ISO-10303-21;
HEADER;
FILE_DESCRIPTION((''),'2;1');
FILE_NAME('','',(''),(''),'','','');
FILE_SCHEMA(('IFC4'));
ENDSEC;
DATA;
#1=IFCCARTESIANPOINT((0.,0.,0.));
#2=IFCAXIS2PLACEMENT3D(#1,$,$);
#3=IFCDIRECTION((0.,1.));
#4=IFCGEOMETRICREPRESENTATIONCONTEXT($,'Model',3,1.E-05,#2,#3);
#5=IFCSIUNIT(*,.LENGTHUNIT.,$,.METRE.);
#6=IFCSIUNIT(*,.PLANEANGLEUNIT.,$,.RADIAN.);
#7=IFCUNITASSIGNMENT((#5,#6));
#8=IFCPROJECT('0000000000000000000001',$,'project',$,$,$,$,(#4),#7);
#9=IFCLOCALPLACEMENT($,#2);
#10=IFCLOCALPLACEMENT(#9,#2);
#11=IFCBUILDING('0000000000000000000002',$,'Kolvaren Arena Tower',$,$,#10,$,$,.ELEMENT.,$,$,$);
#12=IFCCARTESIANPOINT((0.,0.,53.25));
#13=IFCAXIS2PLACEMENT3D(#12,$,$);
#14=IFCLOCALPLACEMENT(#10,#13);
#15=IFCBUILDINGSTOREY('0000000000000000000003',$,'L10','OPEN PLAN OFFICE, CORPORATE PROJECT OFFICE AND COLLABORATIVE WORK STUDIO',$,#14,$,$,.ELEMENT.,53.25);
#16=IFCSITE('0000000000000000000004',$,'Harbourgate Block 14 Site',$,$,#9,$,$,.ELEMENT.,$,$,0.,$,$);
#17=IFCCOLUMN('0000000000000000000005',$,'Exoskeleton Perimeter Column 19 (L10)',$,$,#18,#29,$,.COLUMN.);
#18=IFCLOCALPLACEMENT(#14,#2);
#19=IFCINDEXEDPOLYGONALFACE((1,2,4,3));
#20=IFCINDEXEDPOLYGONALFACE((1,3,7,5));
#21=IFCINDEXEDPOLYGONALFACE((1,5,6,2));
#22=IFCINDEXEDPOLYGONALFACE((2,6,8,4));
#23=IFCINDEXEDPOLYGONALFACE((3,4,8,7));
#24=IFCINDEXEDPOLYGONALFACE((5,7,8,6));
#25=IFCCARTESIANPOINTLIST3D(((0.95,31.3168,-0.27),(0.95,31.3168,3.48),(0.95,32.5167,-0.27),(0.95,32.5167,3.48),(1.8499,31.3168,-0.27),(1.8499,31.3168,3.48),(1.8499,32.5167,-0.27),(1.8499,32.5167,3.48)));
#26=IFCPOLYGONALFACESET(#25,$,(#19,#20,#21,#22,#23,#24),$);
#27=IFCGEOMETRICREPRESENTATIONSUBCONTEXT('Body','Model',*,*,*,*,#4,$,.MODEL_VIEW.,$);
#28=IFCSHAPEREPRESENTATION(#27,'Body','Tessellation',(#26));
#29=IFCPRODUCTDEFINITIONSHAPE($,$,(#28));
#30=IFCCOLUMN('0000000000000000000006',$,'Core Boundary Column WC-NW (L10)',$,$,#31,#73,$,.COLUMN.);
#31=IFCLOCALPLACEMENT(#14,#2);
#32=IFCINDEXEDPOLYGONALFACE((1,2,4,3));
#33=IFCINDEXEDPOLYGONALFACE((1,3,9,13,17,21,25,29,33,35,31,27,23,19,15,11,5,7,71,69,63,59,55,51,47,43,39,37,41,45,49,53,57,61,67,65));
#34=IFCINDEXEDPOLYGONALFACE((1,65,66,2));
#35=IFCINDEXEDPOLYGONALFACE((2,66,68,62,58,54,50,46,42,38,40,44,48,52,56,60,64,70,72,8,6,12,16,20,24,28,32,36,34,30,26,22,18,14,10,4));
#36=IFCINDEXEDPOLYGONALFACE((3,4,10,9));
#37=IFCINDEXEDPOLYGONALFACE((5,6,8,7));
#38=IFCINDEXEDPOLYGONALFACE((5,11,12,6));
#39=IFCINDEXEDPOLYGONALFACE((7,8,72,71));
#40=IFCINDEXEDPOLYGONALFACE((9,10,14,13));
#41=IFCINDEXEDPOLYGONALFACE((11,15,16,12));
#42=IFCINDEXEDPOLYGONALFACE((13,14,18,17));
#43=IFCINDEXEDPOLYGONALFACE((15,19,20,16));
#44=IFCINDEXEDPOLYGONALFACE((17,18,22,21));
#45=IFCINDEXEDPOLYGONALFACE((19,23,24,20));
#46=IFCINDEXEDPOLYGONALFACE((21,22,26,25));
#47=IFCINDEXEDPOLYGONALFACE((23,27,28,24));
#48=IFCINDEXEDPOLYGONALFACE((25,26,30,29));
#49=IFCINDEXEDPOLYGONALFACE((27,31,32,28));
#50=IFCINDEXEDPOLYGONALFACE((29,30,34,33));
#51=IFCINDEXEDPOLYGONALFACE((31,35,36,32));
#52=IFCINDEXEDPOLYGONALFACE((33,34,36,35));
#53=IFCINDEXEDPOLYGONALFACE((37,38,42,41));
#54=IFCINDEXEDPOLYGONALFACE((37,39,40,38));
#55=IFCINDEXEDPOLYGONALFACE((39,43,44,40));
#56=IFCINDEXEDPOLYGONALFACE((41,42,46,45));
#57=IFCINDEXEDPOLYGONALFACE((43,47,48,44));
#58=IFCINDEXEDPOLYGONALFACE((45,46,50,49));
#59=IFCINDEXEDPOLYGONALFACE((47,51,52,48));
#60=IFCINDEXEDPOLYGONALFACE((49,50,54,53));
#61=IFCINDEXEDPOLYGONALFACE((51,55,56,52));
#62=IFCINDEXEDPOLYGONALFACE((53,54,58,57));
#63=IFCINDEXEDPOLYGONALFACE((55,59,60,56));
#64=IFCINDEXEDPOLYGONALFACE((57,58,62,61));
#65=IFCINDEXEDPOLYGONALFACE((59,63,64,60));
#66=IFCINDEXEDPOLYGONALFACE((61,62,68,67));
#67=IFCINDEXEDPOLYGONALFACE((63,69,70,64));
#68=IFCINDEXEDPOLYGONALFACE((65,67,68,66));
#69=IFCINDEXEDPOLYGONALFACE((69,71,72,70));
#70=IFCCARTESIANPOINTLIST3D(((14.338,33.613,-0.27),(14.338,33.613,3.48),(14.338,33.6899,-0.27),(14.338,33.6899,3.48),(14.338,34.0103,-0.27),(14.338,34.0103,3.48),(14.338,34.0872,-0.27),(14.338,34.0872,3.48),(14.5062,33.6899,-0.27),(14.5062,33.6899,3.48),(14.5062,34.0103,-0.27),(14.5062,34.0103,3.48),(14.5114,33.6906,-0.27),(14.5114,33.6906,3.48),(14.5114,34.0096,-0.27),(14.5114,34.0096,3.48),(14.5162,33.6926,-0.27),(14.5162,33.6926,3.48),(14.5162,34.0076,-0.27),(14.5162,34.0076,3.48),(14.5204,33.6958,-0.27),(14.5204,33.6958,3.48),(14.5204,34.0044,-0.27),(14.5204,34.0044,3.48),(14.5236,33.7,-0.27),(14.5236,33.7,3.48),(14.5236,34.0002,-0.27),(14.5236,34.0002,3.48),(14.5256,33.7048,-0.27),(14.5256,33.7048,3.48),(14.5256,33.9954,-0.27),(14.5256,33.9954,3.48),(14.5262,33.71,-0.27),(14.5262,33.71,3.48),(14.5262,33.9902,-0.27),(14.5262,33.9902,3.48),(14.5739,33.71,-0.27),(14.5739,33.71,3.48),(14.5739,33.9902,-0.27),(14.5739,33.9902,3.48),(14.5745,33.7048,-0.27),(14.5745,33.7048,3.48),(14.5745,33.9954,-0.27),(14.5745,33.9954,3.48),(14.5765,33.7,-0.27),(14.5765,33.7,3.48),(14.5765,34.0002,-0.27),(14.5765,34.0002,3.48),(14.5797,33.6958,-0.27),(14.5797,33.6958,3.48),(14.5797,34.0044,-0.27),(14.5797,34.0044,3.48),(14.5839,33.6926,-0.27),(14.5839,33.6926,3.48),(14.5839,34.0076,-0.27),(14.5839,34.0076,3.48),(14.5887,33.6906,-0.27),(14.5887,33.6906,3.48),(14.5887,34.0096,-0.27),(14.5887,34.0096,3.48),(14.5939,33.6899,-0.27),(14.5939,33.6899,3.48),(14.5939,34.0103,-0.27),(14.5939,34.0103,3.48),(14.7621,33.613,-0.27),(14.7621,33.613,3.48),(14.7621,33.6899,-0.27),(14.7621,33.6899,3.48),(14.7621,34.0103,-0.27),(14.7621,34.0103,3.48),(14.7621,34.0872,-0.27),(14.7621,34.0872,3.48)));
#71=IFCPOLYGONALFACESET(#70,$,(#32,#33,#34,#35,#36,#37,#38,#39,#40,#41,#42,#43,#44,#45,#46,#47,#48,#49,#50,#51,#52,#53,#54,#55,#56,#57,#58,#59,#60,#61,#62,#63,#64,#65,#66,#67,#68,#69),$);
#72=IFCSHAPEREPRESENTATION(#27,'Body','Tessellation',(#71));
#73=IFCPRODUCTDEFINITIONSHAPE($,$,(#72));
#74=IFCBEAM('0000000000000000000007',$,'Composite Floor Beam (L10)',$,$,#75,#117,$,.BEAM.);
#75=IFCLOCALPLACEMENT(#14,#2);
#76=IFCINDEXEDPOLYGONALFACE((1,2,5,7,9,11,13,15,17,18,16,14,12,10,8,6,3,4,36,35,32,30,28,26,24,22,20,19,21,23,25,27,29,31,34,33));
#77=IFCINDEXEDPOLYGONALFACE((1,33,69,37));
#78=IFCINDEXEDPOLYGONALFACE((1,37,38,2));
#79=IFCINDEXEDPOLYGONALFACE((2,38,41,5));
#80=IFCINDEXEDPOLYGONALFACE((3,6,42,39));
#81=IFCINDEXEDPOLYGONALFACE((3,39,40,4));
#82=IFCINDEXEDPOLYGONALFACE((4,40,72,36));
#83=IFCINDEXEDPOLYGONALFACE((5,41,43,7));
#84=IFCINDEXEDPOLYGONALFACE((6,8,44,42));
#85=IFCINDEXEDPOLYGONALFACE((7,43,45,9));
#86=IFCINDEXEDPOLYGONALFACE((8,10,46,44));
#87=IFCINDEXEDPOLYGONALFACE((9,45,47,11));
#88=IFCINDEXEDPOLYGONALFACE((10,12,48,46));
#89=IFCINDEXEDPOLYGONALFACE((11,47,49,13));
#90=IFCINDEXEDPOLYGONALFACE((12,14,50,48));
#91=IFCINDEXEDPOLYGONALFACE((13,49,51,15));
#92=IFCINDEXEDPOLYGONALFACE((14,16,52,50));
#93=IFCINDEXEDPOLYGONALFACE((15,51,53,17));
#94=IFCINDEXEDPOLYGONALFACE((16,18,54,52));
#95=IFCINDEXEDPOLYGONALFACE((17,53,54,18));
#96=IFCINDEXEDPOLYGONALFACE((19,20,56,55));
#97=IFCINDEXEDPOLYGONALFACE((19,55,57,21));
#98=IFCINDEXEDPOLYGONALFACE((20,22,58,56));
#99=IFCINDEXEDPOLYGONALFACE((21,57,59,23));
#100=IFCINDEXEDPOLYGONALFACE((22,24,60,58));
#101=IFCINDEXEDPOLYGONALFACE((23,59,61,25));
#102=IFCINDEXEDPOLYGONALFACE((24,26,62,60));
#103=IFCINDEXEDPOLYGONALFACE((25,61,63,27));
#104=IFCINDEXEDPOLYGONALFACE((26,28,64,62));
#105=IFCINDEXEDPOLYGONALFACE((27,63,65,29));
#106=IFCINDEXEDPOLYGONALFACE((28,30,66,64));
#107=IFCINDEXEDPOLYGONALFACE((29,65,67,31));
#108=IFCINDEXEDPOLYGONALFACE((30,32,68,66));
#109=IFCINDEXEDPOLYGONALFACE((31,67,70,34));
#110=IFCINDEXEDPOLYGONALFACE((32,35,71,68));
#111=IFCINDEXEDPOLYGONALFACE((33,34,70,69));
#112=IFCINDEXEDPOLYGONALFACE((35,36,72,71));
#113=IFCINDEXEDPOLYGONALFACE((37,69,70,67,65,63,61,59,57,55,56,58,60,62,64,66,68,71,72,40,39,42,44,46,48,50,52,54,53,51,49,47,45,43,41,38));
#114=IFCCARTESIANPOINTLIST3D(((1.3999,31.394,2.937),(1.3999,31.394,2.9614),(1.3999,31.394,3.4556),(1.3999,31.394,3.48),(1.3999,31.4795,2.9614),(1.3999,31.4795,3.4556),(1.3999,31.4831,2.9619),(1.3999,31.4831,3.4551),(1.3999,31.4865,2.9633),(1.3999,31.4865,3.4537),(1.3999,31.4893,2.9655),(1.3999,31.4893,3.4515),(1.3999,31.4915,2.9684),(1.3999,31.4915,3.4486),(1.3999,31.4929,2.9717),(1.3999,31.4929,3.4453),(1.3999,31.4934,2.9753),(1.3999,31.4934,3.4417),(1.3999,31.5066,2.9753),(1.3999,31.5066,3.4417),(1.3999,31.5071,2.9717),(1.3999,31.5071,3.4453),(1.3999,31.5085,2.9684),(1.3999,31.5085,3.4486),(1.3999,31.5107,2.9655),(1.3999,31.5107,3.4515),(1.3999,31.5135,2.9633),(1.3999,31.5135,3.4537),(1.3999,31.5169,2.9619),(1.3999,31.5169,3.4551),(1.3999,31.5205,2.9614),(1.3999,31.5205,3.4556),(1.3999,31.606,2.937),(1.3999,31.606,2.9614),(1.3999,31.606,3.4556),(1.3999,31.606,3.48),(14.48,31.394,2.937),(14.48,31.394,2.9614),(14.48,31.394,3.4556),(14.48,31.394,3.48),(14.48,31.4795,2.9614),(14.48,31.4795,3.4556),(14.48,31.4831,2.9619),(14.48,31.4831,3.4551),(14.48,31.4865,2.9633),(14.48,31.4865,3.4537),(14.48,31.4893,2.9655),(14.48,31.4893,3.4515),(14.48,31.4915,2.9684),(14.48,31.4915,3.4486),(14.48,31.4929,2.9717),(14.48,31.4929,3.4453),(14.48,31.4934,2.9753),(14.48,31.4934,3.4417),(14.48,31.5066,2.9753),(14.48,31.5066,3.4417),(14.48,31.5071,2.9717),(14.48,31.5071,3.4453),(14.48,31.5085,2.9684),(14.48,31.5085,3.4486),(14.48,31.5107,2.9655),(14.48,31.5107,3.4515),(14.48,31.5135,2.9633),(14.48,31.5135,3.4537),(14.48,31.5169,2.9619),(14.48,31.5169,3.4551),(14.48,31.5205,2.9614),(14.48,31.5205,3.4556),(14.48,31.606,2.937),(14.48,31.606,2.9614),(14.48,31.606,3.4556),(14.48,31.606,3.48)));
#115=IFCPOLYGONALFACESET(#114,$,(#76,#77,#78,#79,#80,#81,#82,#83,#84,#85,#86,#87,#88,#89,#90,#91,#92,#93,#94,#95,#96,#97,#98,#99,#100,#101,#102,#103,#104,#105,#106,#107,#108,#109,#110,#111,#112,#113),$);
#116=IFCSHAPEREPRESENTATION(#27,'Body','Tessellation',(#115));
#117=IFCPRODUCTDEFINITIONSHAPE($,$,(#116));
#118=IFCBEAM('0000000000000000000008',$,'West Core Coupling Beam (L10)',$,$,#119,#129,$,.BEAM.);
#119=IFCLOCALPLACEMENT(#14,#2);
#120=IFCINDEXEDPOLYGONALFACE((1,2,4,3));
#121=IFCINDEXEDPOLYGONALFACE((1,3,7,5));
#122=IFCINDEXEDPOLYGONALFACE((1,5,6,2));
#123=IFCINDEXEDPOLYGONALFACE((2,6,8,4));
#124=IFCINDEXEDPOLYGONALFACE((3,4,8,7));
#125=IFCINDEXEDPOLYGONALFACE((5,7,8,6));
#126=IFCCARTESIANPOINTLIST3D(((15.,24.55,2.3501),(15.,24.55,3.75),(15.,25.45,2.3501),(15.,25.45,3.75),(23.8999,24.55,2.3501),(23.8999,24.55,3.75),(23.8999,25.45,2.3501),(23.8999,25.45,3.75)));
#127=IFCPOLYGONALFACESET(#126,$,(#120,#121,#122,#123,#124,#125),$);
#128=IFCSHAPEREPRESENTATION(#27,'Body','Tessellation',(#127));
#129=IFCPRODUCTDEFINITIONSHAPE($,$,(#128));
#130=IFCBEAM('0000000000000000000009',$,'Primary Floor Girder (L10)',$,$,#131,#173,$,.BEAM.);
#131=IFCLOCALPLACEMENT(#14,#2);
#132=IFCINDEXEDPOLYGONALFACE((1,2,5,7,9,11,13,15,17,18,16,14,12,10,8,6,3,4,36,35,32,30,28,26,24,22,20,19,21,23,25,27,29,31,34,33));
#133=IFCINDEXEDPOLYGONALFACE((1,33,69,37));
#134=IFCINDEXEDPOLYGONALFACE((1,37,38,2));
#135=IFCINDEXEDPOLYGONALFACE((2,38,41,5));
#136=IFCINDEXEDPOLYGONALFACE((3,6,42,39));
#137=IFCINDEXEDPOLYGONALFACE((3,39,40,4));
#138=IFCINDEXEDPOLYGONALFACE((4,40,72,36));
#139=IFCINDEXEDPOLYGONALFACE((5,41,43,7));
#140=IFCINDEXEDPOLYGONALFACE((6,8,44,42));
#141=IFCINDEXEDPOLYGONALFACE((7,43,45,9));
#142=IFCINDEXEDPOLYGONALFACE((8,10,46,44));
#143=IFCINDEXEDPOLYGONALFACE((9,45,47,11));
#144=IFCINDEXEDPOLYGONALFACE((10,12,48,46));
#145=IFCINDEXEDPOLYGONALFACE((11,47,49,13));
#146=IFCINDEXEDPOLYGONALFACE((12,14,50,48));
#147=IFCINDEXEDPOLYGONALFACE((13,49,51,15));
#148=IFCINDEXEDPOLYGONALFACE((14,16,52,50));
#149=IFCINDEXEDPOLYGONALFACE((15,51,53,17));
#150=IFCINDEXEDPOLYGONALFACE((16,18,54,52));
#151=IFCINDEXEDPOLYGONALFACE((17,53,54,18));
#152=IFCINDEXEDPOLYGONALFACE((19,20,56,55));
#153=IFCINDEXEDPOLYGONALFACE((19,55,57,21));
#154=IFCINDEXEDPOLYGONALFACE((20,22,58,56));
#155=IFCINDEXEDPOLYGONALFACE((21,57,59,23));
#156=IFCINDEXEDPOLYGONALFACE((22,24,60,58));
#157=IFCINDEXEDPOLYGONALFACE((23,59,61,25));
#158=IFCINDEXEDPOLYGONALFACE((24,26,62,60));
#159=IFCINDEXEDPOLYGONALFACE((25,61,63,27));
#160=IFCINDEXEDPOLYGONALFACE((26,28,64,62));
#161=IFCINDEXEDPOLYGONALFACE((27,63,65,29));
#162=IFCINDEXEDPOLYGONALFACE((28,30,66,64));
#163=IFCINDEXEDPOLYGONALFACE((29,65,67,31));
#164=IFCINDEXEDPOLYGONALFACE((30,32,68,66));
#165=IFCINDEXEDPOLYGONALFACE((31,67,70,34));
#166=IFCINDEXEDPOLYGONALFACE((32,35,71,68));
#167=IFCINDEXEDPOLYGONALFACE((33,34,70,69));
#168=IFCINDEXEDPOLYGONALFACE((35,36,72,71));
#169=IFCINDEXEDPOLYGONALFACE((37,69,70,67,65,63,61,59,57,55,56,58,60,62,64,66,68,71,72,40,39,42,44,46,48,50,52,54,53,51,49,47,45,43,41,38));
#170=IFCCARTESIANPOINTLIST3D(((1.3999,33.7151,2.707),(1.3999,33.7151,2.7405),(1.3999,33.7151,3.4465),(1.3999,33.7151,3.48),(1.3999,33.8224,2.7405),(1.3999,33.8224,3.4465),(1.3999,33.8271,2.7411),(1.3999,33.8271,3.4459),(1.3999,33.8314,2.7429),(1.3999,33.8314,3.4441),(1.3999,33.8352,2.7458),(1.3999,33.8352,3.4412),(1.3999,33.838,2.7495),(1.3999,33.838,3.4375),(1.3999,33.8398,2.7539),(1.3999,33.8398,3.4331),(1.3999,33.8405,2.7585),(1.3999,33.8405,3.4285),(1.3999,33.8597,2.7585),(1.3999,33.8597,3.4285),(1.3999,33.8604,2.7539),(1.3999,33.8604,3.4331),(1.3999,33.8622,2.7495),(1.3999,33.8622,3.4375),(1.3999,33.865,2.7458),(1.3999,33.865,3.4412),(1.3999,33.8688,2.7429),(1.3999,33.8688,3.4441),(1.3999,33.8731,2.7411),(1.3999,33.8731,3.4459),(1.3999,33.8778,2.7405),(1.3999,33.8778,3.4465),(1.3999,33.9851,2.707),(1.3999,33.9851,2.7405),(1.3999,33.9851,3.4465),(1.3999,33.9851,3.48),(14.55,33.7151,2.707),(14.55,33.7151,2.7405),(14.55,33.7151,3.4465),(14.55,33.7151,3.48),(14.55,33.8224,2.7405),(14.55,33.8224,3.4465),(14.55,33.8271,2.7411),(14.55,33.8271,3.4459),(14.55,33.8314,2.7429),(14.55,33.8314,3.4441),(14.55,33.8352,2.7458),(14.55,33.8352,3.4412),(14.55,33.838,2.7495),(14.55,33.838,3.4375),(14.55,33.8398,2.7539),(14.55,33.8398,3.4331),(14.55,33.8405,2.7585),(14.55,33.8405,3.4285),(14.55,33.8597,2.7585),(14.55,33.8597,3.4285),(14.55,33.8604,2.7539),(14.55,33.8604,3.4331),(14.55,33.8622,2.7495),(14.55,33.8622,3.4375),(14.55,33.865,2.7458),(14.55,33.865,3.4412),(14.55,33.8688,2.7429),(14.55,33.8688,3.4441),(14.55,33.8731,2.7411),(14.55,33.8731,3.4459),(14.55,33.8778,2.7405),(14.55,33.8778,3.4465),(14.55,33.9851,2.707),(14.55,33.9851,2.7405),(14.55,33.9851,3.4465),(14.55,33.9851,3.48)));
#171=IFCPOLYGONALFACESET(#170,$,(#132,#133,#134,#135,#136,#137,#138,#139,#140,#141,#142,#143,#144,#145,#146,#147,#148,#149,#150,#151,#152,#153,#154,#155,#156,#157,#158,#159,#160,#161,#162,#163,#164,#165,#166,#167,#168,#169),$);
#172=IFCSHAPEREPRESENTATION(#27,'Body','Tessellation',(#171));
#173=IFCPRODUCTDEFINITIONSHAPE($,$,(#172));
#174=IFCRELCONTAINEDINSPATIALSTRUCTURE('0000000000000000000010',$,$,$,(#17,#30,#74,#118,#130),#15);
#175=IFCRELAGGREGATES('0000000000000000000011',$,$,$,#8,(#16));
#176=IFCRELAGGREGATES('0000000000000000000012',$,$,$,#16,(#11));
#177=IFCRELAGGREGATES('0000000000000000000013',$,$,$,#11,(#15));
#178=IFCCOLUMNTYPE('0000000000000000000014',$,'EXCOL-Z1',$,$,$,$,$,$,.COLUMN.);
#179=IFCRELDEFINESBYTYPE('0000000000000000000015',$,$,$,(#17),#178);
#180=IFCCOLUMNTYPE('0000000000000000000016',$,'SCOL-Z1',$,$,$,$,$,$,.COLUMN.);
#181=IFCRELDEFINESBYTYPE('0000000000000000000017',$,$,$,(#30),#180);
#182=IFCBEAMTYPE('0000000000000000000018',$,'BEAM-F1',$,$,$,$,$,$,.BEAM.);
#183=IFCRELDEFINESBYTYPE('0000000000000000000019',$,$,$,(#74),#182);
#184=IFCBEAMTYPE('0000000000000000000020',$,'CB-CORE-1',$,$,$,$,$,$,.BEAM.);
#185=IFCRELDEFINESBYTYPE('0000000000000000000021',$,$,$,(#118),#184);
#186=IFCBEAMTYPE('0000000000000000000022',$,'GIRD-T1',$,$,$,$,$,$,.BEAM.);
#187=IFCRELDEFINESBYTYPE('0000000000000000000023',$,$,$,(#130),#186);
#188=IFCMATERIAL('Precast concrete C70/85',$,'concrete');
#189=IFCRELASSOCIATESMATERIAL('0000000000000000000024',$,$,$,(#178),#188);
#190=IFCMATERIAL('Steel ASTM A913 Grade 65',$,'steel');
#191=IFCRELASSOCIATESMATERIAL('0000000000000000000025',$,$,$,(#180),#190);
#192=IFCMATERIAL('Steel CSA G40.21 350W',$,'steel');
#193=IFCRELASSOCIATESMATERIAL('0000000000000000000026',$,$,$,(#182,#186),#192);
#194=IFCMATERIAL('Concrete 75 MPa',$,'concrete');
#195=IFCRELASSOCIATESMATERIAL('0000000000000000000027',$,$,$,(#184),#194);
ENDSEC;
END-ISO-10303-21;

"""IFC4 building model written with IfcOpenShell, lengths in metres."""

from ifc_helpers import new_model, si_unit, direction, frame, origin, origin_2d, place, context, subcontext, project, spatial, rectangle, i_section, extrude, material, material_profile, profile_set, type_object, element, save


model = new_model("IFC4")

# Units and contexts
model_context = context("Model", 3, precision=1e-05, world=origin(), true_north=direction((0.0, 1.0)))
body_context = subcontext(model_context, "Body", "Model", "MODEL_VIEW")
ifc_project = project(units=[si_unit("LENGTHUNIT", "METRE"), si_unit("PLANEANGLEUNIT", "RADIAN")], contexts=[model_context])

# Site, building, storey
site_placement = place(None, origin())
site = spatial("IfcSite", under=ifc_project, at=site_placement, Name="Harbourgate Block 14 Site", CompositionType="ELEMENT", RefElevation=0.0)
building_placement = place(site_placement, origin())
building = spatial("IfcBuilding", under=site, at=building_placement, Name="Kolvaren Arena Tower", CompositionType="ELEMENT")
storey_placement = place(building_placement, frame((0.0, 0.0, 53.25)))
storey = spatial("IfcBuildingStorey", under=building, at=storey_placement, Name="L10", Description="OPEN PLAN OFFICE, CORPORATE PROJECT OFFICE AND COLLABORATIVE WORK STUDIO", CompositionType="ELEMENT", Elevation=53.25)

# Columns
ifc_material_1 = material(Name="Precast concrete C70/85", Category="concrete")
ifc_material_profile_1 = material_profile(ifc_material_1, rectangle(XDim=1.2, YDim=0.8999, at=origin_2d()), Name="RC-1200x900")
ifc_profile_set_1 = profile_set([ifc_material_profile_1], Name="Precast concrete C70/85")
column_type_1 = type_object("IfcColumnType", Name="EXCOL-Z1", PredefinedType="COLUMN", material=ifc_profile_set_1)
column_1_placement = place(storey_placement, frame((1.3999, 31.9167, -0.27), z_axis=(0.0, 0.0, 1.0), x_axis=(0.0, 1.0, 0.0)))
element("IfcColumn", 1, at=column_1_placement, inside=storey, type_object=column_type_1, Name="Exoskeleton Perimeter Column 19 (L10)", PredefinedType="COLUMN", context=body_context, shape_type="SweptSolid", body=[
    extrude(rectangle(XDim=1.2, YDim=0.8999, at=origin_2d()), origin(), (0.0, 0.0, 1.0), 3.75),
])
ifc_material_2 = material(Name="Steel ASTM A913 Grade 65", Category="steel")
ifc_material_profile_2 = material_profile(ifc_material_2, i_section(OverallWidth=0.4241, OverallDepth=0.4741, WebThickness=0.0476, FlangeThickness=0.0769, FilletRadius=0.02, at=origin_2d()), Name="W360x634")
ifc_profile_set_2 = profile_set([ifc_material_profile_2], Name="Steel ASTM A913 Grade 65")
column_type_2 = type_object("IfcColumnType", Name="SCOL-Z1", PredefinedType="COLUMN", material=ifc_profile_set_2)
column_2_placement = place(storey_placement, frame((14.55, 33.8501, -0.27), z_axis=(0.0, 0.0, 1.0), x_axis=(1.0, 0.0, 0.0)))
element("IfcColumn", 2, at=column_2_placement, inside=storey, type_object=column_type_2, Name="Core Boundary Column WC-NW (L10)", PredefinedType="COLUMN", context=body_context, shape_type="SweptSolid", body=[
    extrude(i_section(OverallWidth=0.4241, OverallDepth=0.4741, WebThickness=0.0476, FlangeThickness=0.0769, FilletRadius=0.02, at=origin_2d()), origin(), (0.0, 0.0, 1.0), 3.75),
])

# Beams
ifc_material_3 = material(Name="Steel CSA G40.21 350W", Category="steel")
ifc_material_profile_3 = material_profile(ifc_material_3, i_section(OverallWidth=0.2119, OverallDepth=0.543, WebThickness=0.0132, FlangeThickness=0.0244, FilletRadius=0.0139, at=origin_2d()), Name="W530x150")
ifc_profile_set_3 = profile_set([ifc_material_profile_3], Name="Steel CSA G40.21 350W")
beam_type_1 = type_object("IfcBeamType", Name="BEAM-F1", PredefinedType="BEAM", material=ifc_profile_set_3)
beam_1_placement = place(storey_placement, frame((1.3999, 31.5, 3.2085), z_axis=(1.0, 0.0, 0.0), x_axis=(0.0, 1.0, 0.0)))
element("IfcBeam", 3, at=beam_1_placement, inside=storey, type_object=beam_type_1, Name="Composite Floor Beam (L10)", PredefinedType="BEAM", context=body_context, shape_type="SweptSolid", body=[
    extrude(i_section(OverallWidth=0.2119, OverallDepth=0.543, WebThickness=0.0132, FlangeThickness=0.0244, FilletRadius=0.0139, at=origin_2d()), origin(), (0.0, 0.0, 1.0), 13.0801),
])
ifc_material_4 = material(Name="Concrete 75 MPa", Category="concrete")
ifc_material_profile_4 = material_profile(ifc_material_4, rectangle(XDim=0.8999, YDim=1.3999, at=origin_2d()), Name="RC-900x1400")
ifc_profile_set_4 = profile_set([ifc_material_profile_4], Name="Concrete 75 MPa")
beam_type_2 = type_object("IfcBeamType", Name="CB-CORE-1", PredefinedType="BEAM", material=ifc_profile_set_4)
beam_2_placement = place(storey_placement, frame((15.0, 25.0, 3.05), z_axis=(1.0, 0.0, 0.0), x_axis=(0.0, 1.0, 0.0)))
element("IfcBeam", 4, at=beam_2_placement, inside=storey, type_object=beam_type_2, Name="West Core Coupling Beam (L10)", PredefinedType="BEAM", context=body_context, shape_type="SweptSolid", body=[
    extrude(rectangle(XDim=0.8999, YDim=1.3999, at=origin_2d()), origin(), (0.0, 0.0, 1.0), 8.8999),
])
ifc_material_profile_5 = material_profile(ifc_material_3, i_section(OverallWidth=0.27, OverallDepth=0.7729, WebThickness=0.0193, FlangeThickness=0.0334, FilletRadius=0.0181, at=origin_2d()), Name="W760x257")
ifc_profile_set_5 = profile_set([ifc_material_profile_5], Name="Steel CSA G40.21 350W")
beam_type_3 = type_object("IfcBeamType", Name="GIRD-T1", PredefinedType="BEAM", material=ifc_profile_set_5)
beam_3_placement = place(storey_placement, frame((1.3999, 33.8501, 3.0935), z_axis=(1.0, 0.0, 0.0), x_axis=(0.0, 1.0, 0.0)))
element("IfcBeam", 5, at=beam_3_placement, inside=storey, type_object=beam_type_3, Name="Primary Floor Girder (L10)", PredefinedType="BEAM", context=body_context, shape_type="SweptSolid", body=[
    extrude(i_section(OverallWidth=0.27, OverallDepth=0.7729, WebThickness=0.0193, FlangeThickness=0.0334, FilletRadius=0.0181, at=origin_2d()), origin(), (0.0, 0.0, 1.0), 13.1501),
])

save(model, "model.ifc")
